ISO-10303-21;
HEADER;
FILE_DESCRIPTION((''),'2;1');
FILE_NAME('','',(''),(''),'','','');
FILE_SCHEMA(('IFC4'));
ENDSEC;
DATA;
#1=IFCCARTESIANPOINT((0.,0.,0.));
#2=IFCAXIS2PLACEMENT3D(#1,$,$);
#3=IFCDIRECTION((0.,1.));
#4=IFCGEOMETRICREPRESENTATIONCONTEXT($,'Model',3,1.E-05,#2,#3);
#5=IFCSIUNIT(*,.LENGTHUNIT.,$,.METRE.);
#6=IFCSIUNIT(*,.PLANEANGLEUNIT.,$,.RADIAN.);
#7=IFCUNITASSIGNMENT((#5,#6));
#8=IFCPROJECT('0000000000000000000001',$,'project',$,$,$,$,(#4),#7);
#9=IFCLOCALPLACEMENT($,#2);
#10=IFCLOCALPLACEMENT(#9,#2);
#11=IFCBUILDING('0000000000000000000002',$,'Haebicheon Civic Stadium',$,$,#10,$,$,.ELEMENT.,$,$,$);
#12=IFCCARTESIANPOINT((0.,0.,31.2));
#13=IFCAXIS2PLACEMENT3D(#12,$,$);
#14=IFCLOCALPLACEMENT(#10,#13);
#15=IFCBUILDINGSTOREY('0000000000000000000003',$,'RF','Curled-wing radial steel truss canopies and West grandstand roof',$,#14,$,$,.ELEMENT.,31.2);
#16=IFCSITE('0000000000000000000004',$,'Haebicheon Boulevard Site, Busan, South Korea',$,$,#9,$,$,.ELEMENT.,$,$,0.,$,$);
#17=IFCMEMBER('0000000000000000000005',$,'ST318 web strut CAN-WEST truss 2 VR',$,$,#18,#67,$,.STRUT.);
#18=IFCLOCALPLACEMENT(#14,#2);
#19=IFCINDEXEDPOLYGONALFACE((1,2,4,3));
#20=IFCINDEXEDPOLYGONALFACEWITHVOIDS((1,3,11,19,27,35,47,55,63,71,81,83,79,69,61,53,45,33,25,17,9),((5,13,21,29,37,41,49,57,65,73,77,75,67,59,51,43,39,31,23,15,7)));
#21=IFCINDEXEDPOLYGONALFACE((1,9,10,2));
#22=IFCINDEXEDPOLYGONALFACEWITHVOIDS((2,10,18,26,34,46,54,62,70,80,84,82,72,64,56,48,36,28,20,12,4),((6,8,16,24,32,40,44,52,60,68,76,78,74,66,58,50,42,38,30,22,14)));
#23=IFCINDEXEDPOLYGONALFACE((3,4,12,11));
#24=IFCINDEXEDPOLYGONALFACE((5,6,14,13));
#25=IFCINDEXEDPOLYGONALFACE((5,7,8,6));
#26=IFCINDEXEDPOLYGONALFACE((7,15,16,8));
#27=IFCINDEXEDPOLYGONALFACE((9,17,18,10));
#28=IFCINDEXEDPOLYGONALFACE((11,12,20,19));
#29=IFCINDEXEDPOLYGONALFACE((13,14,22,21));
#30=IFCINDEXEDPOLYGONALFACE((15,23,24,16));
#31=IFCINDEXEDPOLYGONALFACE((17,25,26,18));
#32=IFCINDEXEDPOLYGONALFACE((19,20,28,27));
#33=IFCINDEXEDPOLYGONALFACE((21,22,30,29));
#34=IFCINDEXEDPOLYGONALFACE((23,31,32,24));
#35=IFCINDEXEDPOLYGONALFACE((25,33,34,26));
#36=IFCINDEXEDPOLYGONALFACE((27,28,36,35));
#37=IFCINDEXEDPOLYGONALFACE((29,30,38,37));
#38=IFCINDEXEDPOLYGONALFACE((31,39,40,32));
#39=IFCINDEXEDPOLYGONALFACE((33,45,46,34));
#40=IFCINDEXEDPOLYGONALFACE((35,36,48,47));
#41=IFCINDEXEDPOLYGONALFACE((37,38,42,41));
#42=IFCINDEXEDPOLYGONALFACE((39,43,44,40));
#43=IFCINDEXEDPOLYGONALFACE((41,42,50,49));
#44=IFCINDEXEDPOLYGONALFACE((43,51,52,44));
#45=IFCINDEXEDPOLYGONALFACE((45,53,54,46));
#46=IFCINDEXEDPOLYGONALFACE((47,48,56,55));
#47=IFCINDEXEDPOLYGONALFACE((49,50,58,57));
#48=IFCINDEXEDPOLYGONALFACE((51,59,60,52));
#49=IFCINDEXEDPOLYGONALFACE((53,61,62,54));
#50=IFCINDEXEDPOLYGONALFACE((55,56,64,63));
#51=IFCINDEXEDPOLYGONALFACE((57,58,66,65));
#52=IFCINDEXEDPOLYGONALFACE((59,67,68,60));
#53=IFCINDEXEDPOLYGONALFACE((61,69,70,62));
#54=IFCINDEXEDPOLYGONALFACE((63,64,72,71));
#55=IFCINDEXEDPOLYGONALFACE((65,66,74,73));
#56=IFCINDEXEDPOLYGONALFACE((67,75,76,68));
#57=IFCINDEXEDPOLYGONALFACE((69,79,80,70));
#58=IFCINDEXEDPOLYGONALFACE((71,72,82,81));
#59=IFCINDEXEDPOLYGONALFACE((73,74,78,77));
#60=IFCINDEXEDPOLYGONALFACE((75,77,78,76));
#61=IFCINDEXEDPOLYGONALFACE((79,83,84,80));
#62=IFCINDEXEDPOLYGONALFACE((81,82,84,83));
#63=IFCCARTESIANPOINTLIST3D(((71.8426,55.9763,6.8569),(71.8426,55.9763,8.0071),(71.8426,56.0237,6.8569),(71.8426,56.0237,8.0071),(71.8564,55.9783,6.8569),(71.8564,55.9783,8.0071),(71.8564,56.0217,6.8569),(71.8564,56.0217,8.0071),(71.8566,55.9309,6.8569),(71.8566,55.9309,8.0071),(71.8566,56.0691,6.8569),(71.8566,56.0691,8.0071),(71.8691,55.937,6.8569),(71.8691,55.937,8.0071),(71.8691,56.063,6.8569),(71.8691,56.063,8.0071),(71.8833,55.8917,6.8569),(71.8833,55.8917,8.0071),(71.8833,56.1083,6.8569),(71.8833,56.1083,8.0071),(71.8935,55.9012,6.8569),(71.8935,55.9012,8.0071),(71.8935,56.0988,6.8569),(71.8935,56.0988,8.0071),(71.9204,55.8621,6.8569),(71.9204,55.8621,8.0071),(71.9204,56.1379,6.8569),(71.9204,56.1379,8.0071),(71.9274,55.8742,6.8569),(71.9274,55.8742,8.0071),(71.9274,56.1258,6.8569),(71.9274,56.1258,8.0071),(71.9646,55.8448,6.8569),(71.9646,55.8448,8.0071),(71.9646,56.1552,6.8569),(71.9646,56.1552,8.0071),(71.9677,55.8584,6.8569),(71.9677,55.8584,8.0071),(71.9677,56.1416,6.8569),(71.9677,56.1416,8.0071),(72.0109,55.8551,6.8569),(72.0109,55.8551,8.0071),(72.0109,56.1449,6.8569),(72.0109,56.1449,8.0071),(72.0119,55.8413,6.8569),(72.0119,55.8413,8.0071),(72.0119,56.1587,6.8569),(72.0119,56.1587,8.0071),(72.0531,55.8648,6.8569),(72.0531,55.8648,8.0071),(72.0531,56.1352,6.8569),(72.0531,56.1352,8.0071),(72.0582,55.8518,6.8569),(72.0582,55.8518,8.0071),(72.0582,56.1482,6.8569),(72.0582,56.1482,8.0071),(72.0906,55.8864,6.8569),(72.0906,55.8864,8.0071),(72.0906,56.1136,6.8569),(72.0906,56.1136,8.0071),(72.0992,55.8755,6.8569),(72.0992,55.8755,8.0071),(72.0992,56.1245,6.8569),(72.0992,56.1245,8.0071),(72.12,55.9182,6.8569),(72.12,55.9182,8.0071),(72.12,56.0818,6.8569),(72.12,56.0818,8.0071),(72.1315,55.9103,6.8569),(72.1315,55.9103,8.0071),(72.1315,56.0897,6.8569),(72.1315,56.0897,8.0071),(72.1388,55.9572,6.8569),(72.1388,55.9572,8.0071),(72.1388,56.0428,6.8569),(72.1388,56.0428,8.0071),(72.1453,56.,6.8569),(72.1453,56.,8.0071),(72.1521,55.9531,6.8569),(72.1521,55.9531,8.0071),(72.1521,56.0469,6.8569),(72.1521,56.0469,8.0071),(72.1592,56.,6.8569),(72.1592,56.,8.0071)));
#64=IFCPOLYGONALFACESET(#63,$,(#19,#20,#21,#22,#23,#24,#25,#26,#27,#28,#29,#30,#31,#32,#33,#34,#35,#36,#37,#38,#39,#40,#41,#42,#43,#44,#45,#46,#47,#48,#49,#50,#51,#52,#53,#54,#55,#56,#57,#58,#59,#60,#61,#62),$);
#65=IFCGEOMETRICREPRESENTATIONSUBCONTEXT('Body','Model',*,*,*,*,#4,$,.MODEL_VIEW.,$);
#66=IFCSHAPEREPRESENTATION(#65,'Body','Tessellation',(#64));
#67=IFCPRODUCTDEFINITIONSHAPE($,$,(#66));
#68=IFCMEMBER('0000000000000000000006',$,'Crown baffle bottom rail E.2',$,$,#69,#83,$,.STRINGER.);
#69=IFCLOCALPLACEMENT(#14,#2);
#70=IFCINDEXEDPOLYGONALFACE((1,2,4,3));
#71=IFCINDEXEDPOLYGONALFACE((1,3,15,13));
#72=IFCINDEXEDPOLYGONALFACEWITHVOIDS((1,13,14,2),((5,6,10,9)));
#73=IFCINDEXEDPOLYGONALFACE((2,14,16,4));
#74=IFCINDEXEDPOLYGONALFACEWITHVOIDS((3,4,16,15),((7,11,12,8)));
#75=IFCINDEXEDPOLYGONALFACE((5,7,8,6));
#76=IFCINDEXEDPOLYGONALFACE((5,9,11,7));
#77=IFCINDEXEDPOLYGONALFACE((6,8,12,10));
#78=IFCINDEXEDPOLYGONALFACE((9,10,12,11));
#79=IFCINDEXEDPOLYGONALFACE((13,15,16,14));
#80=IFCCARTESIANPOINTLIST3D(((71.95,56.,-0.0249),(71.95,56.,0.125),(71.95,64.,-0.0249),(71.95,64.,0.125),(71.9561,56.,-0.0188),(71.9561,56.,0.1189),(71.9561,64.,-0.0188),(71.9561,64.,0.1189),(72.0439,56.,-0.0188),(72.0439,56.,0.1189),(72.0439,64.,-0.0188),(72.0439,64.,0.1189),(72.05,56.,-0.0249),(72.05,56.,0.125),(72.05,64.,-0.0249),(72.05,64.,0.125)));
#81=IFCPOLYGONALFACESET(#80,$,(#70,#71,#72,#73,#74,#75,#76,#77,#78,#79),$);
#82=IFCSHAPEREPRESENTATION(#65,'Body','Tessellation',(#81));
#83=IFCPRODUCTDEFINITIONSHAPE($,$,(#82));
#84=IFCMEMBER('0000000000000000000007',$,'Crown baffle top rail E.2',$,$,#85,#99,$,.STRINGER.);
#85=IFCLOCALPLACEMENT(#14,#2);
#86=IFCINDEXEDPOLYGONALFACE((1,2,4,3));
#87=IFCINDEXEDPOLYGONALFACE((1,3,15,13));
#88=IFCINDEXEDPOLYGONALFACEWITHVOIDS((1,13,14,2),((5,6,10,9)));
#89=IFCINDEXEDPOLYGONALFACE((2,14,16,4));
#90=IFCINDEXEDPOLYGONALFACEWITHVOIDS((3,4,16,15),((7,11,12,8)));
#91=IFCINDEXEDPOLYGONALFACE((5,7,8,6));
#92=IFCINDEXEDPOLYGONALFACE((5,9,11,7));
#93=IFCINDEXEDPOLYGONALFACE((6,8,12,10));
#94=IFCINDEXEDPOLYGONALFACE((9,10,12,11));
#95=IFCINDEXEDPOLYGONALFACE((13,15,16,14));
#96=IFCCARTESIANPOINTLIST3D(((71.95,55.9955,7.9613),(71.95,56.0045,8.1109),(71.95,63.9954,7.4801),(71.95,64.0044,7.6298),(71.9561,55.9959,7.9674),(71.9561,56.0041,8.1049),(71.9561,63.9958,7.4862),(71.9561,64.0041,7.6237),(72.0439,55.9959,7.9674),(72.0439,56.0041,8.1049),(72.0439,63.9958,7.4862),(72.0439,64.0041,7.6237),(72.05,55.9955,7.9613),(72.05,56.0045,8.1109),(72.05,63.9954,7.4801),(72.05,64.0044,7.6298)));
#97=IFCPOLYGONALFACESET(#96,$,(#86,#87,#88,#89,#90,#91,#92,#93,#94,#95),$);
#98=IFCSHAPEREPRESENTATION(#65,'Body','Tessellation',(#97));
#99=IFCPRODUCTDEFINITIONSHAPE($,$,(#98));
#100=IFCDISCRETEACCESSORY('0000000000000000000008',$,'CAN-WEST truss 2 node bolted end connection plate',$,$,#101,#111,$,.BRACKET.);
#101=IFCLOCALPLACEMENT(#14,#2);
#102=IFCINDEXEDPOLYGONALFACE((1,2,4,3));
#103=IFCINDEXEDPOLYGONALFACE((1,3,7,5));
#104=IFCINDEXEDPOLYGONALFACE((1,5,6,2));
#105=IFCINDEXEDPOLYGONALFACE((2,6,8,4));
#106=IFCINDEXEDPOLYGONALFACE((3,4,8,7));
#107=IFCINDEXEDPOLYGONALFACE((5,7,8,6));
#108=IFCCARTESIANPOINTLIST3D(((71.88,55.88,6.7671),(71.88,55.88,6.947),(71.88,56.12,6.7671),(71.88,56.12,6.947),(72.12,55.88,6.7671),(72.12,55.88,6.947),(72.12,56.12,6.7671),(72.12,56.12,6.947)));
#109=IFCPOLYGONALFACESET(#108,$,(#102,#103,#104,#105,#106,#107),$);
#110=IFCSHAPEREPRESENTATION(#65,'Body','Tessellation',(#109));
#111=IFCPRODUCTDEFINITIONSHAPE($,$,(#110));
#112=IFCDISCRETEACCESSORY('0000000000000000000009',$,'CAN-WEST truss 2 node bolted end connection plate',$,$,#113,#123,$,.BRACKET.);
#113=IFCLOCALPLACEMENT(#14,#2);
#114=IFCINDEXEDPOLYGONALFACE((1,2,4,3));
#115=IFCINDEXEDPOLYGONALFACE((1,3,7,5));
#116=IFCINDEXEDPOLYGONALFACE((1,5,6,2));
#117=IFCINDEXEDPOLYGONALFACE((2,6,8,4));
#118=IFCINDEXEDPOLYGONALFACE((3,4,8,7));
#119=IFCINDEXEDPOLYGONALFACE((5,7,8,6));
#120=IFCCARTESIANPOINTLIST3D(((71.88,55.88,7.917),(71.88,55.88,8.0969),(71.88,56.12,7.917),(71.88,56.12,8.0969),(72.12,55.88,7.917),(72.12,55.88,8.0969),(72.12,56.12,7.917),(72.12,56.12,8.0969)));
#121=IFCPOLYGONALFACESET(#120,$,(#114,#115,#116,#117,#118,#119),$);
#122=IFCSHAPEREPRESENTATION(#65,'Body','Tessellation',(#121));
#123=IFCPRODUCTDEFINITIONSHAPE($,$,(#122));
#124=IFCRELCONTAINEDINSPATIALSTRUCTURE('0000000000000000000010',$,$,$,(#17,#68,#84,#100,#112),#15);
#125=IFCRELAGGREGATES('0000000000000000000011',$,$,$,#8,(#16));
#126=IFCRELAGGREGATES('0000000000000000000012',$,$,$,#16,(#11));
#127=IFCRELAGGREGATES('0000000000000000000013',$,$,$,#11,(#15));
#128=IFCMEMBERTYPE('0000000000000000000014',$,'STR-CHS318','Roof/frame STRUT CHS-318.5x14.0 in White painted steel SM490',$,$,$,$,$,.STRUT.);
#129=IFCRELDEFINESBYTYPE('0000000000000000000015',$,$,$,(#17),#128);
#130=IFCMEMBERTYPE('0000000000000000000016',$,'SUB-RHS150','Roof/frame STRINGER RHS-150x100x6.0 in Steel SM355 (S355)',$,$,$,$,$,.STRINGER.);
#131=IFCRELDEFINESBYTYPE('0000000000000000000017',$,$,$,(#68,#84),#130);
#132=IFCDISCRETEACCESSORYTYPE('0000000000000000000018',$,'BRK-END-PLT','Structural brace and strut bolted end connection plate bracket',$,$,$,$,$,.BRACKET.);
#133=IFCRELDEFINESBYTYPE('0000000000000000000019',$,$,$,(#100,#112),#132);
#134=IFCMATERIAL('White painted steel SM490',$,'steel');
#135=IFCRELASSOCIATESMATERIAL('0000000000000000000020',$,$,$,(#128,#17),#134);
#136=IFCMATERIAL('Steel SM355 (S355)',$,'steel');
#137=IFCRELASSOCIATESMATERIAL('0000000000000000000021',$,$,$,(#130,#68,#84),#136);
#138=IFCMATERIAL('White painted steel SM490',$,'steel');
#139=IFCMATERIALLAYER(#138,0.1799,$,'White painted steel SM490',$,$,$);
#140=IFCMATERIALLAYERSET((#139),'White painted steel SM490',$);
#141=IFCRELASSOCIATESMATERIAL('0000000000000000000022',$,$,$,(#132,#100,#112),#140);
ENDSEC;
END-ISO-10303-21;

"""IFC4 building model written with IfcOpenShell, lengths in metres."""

from ifc_helpers import new_model, si_unit, direction, frame, origin, origin_2d, place, context, subcontext, project, spatial, rectangle, hollow_rectangle, hollow_circle, extrude, material, layer, layer_set, material_profile, profile_set, type_object, element, save


model = new_model("IFC4")

# Units and contexts
model_context = context("Model", 3, precision=1e-05, world=origin(), true_north=direction((0.0, 1.0)))
body_context = subcontext(model_context, "Body", "Model", "MODEL_VIEW")
ifc_project = project(units=[si_unit("LENGTHUNIT", "METRE"), si_unit("PLANEANGLEUNIT", "RADIAN")], contexts=[model_context])

# Site, building, storey
site_placement = place(None, origin())
site = spatial("IfcSite", under=ifc_project, at=site_placement, Name="Haebicheon Boulevard Site, Busan, South Korea", CompositionType="ELEMENT", RefElevation=0.0)
building_placement = place(site_placement, origin())
building = spatial("IfcBuilding", under=site, at=building_placement, Name="Haebicheon Civic Stadium", CompositionType="ELEMENT")
storey_placement = place(building_placement, frame((0.0, 0.0, 31.2)))
storey = spatial("IfcBuildingStorey", under=building, at=storey_placement, Name="RF", Description="Curled-wing radial steel truss canopies and West grandstand roof", CompositionType="ELEMENT", Elevation=31.2)

# Members
ifc_material_1 = material(Name="White painted steel SM490", Category="steel")
ifc_material_profile_1 = material_profile(ifc_material_1, hollow_circle(Radius=0.1592, WallThickness=0.0139, at=origin_2d()), Name="CHS-318.5x14.0")
ifc_profile_set_1 = profile_set([ifc_material_profile_1], Name="White painted steel SM490")
member_type_1 = type_object("IfcMemberType", Name="STR-CHS318", Description="Roof/frame STRUT CHS-318.5x14.0 in White painted steel SM490", PredefinedType="STRUT", material=ifc_profile_set_1)
member_1_placement = place(storey_placement, frame((72.0, 56.0, 6.8569), z_axis=(0.0, 0.0, 1.0), x_axis=(1.0, 0.0, 0.0)))
element("IfcMember", 1, at=member_1_placement, inside=storey, type_object=member_type_1, material=ifc_profile_set_1, Name="ST318 web strut CAN-WEST truss 2 VR", PredefinedType="STRUT", context=body_context, shape_type="SweptSolid", body=[
    extrude(hollow_circle(Radius=0.1592, WallThickness=0.0139, at=origin_2d()), origin(), (0.0, 0.0, 1.0), 1.1501),
])
ifc_material_2 = material(Name="Steel SM355 (S355)", Category="steel")
ifc_material_profile_2 = material_profile(ifc_material_2, hollow_rectangle(XDim=0.1001, YDim=0.1499, WallThickness=0.0061, at=origin_2d()), Name="RHS-150x100x6.0")
ifc_profile_set_2 = profile_set([ifc_material_profile_2], Name="Steel SM355 (S355)")
member_type_2 = type_object("IfcMemberType", Name="SUB-RHS150", Description="Roof/frame STRINGER RHS-150x100x6.0 in Steel SM355 (S355)", PredefinedType="STRINGER", material=ifc_profile_set_2)
member_2_placement = place(storey_placement, frame((72.0, 56.0, 0.05), z_axis=(0.0, 1.0, 0.0), x_axis=(-1.0, 0.0, 0.0)))
element("IfcMember", 2, at=member_2_placement, inside=storey, type_object=member_type_2, material=ifc_profile_set_2, Name="Crown baffle bottom rail E.2", PredefinedType="STRINGER", context=body_context, shape_type="SweptSolid", body=[
    extrude(hollow_rectangle(XDim=0.1001, YDim=0.1499, WallThickness=0.0061, at=origin_2d()), origin(), (0.0, 0.0, 1.0), 8.0),
])
member_3_placement = place(storey_placement, frame((72.0, 56.0, 8.0361), z_axis=(0.0, 0.998196, -0.060042), x_axis=(-1.0, 0.0, 0.0)))
element("IfcMember", 3, at=member_3_placement, inside=storey, type_object=member_type_2, material=ifc_profile_set_2, Name="Crown baffle top rail E.2", PredefinedType="STRINGER", context=body_context, shape_type="SweptSolid", body=[
    extrude(hollow_rectangle(XDim=0.1001, YDim=0.1499, WallThickness=0.0061, at=origin_2d()), origin(), (0.0, 0.0, 1.0), 8.0144),
])

# Discrete accessories
ifc_material_3 = material(Name="White painted steel SM490", Category="steel")
ifc_layer = layer(ifc_material_3, 0.1799, Name="White painted steel SM490")
ifc_layer_set = layer_set([ifc_layer], Name="White painted steel SM490")
discrete_accessory_type = type_object("IfcDiscreteAccessoryType", Name="BRK-END-PLT", Description="Structural brace and strut bolted end connection plate bracket", PredefinedType="BRACKET", material=ifc_layer_set)
for number, where, z_axis, x_axis, name in (
    (4, (72.0, 56.0, 6.7671), (0.0, 0.0, 1.0), (1.0, 0.0, 0.0), "CAN-WEST truss 2 node bolted end connection plate"),
    (5, (72.0, 56.0, 7.917), (0.0, 0.0, 1.0), (1.0, 0.0, 0.0), "CAN-WEST truss 2 node bolted end connection plate"),
):
    element("IfcDiscreteAccessory", number, at=place(storey_placement, frame(where, z_axis=z_axis, x_axis=x_axis)), inside=storey, type_object=discrete_accessory_type, material=ifc_layer_set, Name=name, PredefinedType="BRACKET", context=body_context, shape_type="SweptSolid", body=[
        extrude(rectangle(XDim=0.24, YDim=0.24, at=origin_2d()), origin(), (0.0, 0.0, 1.0), 0.1799),
    ])

save(model, "model.ifc")
